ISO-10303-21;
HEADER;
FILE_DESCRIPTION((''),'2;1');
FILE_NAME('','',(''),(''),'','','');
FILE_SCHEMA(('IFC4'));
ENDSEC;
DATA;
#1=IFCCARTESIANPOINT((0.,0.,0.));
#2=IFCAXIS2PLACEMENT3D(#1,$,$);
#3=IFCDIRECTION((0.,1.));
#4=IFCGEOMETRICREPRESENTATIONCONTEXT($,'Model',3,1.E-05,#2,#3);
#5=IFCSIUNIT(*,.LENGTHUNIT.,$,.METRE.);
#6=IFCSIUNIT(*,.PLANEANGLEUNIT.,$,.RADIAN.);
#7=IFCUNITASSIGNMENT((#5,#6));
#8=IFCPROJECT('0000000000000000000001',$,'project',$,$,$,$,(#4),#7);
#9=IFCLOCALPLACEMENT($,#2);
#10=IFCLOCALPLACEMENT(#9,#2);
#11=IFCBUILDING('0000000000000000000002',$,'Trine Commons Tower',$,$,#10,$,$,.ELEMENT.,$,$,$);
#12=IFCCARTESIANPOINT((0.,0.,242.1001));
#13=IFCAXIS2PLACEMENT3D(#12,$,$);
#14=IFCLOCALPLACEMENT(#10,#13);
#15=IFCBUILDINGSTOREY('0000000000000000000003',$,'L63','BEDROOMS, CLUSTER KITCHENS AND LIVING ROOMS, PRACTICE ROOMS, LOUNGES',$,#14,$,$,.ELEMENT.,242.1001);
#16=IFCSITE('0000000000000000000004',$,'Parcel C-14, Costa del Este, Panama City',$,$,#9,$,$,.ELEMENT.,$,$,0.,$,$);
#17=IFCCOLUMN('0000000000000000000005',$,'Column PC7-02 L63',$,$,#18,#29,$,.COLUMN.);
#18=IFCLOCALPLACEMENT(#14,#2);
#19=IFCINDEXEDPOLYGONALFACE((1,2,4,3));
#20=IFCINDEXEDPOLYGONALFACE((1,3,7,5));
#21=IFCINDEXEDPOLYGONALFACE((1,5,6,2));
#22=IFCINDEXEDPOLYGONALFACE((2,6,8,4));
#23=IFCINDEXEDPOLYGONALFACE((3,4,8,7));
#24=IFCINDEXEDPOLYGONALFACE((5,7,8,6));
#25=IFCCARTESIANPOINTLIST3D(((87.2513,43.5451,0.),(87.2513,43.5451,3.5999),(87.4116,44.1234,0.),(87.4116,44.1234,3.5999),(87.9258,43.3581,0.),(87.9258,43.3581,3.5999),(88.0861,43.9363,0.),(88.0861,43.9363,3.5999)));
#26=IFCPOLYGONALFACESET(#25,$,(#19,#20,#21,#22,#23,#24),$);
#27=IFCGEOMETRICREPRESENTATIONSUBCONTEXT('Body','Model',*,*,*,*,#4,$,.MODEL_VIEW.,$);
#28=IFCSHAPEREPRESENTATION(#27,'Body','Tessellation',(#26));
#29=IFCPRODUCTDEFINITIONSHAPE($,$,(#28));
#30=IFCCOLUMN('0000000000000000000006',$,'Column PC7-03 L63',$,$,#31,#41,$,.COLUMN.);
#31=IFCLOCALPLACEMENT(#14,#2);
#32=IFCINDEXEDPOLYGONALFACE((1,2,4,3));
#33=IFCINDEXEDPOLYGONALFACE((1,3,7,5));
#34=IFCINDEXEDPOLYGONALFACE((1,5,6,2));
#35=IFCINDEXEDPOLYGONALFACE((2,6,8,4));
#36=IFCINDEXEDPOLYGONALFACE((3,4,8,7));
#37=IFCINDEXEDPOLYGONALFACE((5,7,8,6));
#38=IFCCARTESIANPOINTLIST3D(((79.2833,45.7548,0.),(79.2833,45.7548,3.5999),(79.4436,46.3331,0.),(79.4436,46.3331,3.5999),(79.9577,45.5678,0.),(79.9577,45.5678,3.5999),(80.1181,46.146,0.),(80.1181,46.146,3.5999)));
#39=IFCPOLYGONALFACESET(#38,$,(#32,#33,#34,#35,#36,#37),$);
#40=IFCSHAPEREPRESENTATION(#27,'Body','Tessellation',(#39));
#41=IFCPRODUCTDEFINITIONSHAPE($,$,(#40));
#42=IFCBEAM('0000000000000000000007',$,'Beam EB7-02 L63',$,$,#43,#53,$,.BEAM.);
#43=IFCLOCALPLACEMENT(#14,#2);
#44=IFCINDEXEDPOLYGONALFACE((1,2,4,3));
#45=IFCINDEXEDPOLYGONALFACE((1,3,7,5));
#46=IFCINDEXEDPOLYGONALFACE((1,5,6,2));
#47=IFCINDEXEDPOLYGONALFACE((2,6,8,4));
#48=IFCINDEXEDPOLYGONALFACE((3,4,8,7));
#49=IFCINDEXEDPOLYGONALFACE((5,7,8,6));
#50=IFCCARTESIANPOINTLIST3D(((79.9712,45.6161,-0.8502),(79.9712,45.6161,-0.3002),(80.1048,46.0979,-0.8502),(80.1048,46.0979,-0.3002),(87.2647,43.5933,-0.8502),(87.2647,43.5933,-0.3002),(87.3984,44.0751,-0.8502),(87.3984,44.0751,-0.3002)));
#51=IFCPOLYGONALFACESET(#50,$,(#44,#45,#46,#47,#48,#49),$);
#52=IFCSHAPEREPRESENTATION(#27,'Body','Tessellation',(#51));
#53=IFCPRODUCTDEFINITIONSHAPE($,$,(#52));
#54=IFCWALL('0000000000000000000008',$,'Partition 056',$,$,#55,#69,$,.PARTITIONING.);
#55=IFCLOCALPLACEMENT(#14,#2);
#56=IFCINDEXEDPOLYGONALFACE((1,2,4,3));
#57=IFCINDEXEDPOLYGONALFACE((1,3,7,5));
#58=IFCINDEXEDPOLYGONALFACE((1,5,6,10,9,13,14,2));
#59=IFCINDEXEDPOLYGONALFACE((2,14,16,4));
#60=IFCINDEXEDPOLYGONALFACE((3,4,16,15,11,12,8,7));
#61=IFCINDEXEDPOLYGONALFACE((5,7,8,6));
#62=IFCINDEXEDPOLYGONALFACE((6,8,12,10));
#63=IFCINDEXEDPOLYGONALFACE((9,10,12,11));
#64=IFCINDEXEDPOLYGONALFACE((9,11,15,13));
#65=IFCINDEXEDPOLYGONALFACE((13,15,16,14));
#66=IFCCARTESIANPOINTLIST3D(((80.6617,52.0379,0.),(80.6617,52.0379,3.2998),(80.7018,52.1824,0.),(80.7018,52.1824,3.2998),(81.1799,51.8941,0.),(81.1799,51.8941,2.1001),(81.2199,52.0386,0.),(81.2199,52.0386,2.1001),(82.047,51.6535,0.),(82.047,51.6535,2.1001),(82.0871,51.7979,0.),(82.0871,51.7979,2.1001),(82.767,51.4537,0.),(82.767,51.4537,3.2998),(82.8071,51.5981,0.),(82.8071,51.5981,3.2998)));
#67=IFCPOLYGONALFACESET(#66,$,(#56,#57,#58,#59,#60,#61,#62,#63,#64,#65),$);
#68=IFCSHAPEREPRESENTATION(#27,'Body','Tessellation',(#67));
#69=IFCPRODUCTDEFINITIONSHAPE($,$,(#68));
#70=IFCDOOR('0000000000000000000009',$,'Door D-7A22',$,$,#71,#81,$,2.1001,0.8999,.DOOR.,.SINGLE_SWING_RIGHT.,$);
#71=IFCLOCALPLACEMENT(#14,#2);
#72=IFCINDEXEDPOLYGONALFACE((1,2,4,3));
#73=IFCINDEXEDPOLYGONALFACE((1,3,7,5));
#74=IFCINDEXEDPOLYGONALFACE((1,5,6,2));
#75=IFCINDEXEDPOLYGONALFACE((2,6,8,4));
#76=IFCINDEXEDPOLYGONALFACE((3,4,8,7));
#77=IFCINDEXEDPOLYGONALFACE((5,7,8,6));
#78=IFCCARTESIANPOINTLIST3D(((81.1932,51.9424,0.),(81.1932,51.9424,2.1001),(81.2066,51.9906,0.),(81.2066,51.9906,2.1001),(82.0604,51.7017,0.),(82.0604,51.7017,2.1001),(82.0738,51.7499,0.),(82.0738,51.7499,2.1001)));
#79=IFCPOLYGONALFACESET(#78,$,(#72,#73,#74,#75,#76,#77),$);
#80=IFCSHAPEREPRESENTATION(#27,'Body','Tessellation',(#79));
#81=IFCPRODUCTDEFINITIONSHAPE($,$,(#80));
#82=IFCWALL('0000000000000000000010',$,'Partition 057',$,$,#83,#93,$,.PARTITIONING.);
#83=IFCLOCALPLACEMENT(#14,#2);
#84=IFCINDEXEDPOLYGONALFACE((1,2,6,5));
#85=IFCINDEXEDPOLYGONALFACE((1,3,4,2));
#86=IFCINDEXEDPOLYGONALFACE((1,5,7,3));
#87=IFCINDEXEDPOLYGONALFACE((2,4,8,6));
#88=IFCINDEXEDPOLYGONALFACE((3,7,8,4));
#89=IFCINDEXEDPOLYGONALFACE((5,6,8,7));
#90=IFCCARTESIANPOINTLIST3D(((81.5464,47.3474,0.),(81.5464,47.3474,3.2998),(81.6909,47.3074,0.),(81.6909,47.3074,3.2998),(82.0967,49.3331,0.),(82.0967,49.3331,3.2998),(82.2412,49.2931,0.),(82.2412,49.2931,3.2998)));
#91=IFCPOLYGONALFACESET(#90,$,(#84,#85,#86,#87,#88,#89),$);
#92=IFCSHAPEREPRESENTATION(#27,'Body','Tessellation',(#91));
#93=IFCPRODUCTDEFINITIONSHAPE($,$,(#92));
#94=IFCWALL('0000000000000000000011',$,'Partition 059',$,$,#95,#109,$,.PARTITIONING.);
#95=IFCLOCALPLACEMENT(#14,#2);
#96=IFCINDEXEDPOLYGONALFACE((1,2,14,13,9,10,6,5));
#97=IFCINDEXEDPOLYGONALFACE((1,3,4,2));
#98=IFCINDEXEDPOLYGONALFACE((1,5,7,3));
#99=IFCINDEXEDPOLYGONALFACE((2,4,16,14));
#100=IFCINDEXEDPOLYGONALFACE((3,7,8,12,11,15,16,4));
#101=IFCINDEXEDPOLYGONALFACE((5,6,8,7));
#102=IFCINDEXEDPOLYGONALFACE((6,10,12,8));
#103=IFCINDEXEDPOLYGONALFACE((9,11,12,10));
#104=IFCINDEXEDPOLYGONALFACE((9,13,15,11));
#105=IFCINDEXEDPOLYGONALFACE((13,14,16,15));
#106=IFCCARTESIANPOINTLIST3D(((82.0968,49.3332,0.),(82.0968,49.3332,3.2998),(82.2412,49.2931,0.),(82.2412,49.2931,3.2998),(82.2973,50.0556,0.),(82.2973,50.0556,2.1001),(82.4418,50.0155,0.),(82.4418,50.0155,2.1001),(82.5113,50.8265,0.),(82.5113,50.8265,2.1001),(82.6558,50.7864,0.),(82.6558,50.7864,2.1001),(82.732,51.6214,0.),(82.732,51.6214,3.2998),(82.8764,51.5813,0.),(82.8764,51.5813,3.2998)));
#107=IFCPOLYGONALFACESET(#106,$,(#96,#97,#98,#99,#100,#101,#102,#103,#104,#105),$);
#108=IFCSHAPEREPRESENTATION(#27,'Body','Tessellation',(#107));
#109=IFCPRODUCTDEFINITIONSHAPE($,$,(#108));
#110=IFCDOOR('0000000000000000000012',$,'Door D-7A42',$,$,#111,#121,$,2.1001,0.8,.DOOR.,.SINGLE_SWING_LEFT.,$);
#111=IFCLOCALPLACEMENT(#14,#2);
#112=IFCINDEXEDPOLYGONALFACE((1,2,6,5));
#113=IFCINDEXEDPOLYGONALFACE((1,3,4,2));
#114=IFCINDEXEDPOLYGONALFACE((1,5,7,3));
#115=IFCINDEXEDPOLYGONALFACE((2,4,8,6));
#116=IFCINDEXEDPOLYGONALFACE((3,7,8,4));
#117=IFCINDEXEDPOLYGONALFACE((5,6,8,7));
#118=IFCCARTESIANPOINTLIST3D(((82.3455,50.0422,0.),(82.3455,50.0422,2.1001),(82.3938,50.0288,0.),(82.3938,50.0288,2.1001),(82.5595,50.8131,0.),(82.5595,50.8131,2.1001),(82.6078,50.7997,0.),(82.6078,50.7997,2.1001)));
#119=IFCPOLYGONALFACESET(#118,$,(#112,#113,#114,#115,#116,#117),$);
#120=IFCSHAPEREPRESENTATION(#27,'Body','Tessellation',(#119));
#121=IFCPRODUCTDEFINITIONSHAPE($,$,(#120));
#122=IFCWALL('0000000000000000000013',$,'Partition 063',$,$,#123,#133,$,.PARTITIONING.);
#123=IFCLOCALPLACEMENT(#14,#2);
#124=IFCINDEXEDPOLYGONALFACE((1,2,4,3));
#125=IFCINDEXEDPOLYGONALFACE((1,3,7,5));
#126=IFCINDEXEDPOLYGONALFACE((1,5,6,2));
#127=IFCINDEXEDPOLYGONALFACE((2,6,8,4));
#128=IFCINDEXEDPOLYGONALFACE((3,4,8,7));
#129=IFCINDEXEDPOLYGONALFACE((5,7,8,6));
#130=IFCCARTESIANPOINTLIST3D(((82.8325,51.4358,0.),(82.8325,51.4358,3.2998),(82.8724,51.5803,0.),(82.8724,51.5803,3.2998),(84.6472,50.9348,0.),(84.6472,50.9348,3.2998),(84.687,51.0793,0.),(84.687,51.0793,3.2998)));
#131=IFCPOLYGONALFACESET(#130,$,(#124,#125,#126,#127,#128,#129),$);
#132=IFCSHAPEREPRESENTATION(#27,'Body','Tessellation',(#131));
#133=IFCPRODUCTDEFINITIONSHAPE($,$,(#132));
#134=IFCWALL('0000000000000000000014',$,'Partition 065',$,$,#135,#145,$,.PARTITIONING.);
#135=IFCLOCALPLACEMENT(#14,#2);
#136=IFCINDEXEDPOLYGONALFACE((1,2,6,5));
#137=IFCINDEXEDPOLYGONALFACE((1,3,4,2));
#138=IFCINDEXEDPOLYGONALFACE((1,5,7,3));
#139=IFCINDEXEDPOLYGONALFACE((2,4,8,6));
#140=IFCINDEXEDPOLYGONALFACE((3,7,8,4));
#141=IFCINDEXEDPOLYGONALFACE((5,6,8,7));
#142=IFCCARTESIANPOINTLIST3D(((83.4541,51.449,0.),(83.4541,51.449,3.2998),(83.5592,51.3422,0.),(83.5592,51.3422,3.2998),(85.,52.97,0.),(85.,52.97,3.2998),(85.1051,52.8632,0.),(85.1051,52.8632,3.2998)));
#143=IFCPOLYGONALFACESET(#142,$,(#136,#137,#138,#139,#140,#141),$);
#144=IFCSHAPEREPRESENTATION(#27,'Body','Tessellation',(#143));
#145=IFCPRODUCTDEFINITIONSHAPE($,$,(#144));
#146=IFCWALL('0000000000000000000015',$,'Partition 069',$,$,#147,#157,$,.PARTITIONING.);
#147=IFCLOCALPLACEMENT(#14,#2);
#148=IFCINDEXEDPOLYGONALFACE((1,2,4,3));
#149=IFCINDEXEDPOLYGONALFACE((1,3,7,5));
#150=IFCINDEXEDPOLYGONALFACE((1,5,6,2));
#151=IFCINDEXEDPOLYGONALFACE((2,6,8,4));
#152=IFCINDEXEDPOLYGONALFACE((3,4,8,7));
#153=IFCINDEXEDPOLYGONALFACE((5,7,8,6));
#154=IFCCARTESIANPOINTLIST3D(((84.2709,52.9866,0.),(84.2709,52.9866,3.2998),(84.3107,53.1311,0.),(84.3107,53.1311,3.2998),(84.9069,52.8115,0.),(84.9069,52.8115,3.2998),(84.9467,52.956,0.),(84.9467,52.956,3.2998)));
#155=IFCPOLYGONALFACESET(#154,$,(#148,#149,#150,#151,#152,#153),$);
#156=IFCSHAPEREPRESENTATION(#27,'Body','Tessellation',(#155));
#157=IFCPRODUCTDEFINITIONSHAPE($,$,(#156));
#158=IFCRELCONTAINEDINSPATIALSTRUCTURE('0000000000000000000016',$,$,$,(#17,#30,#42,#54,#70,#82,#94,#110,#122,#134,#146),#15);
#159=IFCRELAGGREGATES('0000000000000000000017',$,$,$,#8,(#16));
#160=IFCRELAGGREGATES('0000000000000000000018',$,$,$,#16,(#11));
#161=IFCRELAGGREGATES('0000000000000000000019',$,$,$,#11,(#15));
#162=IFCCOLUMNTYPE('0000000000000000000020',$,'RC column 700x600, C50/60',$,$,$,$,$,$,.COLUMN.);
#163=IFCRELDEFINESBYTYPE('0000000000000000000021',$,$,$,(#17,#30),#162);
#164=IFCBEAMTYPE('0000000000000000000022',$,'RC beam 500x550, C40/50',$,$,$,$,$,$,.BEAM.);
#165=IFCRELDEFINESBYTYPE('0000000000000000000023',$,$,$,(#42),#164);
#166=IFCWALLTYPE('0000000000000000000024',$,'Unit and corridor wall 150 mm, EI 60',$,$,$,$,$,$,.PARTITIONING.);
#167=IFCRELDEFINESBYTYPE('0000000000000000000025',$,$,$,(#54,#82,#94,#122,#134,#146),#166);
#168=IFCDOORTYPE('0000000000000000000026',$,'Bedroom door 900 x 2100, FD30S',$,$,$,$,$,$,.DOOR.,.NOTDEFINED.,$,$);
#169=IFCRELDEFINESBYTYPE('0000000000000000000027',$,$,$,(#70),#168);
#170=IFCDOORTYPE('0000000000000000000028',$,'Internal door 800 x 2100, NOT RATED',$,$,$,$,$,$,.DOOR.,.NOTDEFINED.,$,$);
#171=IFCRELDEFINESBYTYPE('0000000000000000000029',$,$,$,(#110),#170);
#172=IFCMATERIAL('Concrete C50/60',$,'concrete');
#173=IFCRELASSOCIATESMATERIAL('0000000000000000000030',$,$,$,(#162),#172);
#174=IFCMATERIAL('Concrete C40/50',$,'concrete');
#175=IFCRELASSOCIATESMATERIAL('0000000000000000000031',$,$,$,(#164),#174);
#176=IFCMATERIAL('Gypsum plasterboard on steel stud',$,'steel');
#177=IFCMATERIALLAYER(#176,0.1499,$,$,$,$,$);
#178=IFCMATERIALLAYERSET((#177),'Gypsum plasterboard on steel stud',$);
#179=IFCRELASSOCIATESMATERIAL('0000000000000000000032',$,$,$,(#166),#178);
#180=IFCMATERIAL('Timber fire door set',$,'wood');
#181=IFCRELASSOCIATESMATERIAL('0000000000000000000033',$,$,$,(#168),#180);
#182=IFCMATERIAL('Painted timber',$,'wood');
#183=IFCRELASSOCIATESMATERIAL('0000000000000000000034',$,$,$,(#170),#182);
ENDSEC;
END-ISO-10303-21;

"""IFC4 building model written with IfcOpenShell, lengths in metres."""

from ifc_helpers import new_model, si_unit, direction, frame, frame_2d, origin, origin_2d, place, context, subcontext, project, spatial, rectangle, extrude, material, layer, layer_set, material_profile, profile_set, type_object, element, fill, save


model = new_model("IFC4")

# Units and contexts
model_context = context("Model", 3, precision=1e-05, world=origin(), true_north=direction((0.0, 1.0)))
body_context = subcontext(model_context, "Body", "Model", "MODEL_VIEW")
ifc_project = project(units=[si_unit("LENGTHUNIT", "METRE"), si_unit("PLANEANGLEUNIT", "RADIAN")], contexts=[model_context])

# Site, building, storey
site_placement = place(None, origin())
site = spatial("IfcSite", under=ifc_project, at=site_placement, Name="Parcel C-14, Costa del Este, Panama City", CompositionType="ELEMENT", RefElevation=0.0)
building_placement = place(site_placement, origin())
building = spatial("IfcBuilding", under=site, at=building_placement, Name="Trine Commons Tower", CompositionType="ELEMENT")
storey_placement = place(building_placement, frame((0.0, 0.0, 242.1001)))
storey = spatial("IfcBuildingStorey", under=building, at=storey_placement, Name="L63", Description="BEDROOMS, CLUSTER KITCHENS AND LIVING ROOMS, PRACTICE ROOMS, LOUNGES", CompositionType="ELEMENT", Elevation=242.1001)

# Columns
ifc_material_1 = material(Name="Concrete C50/60", Category="concrete")
ifc_material_profile_1 = material_profile(ifc_material_1, rectangle(XDim=0.7, YDim=0.6001, at=origin_2d()), Name="RC 700x600")
ifc_profile_set_1 = profile_set([ifc_material_profile_1], Name="Concrete C50/60")
column_type = type_object("IfcColumnType", Name="RC column 700x600, C50/60", PredefinedType="COLUMN", material=ifc_profile_set_1)
for number, where, z_axis, x_axis, name in (
    (1, (87.6687, 43.7407, 0.0), (0.0, 0.0, 1.0), (-0.96363, 0.267238, 0.0), "Column PC7-02 L63"),
    (2, (79.7007, 45.9504, 0.0), (0.0, 0.0, 1.0), (-0.96363, 0.267238, 0.0), "Column PC7-03 L63"),
):
    element("IfcColumn", number, at=place(storey_placement, frame(where, z_axis=z_axis, x_axis=x_axis)), inside=storey, type_object=column_type, Name=name, PredefinedType="COLUMN", context=body_context, shape_type="SweptSolid", body=[
        extrude(rectangle(XDim=0.7, YDim=0.6001, at=origin_2d()), origin(), (0.0, 0.0, 1.0), 3.5999),
    ])

# Beam
ifc_material_2 = material(Name="Concrete C40/50", Category="concrete")
ifc_material_profile_2 = material_profile(ifc_material_2, rectangle(XDim=0.5, YDim=0.55, at=origin_2d()), Name="RC 500x550")
ifc_profile_set_2 = profile_set([ifc_material_profile_2], Name="Concrete C40/50")
beam_type = type_object("IfcBeamType", Name="RC beam 500x550, C40/50", PredefinedType="BEAM", material=ifc_profile_set_2)
beam_placement = place(storey_placement, frame((87.3315, 43.8342, -0.5752), z_axis=(-0.963629, 0.267245, 0.0), x_axis=(-0.267245, -0.963629, 0.0)))
element("IfcBeam", 3, at=beam_placement, inside=storey, type_object=beam_type, Name="Beam EB7-02 L63", PredefinedType="BEAM", context=body_context, shape_type="SweptSolid", body=[
    extrude(rectangle(XDim=0.5, YDim=0.55, at=origin_2d()), origin(), (0.0, 0.0, 1.0), 7.5688),
])

# Wall, opening, door
ifc_material_3 = material(Name="Gypsum plasterboard on steel stud", Category="steel")
ifc_layer_1 = layer(ifc_material_3, 0.1499)
ifc_layer_set_1 = layer_set([ifc_layer_1], Name="Gypsum plasterboard on steel stud")
wall_type_1 = type_object("IfcWallType", Name="Unit and corridor wall 150 mm, EI 60", PredefinedType="PARTITIONING", material=ifc_layer_set_1)
wall_1_placement = place(storey_placement, frame((80.6819, 52.1101, 0.0), z_axis=(0.0, 0.0, 1.0), x_axis=(0.963584, -0.267408, 0.0)))
wall_1 = element("IfcWall", 4, at=wall_1_placement, inside=storey, type_object=wall_type_1, Name="Partition 056", PredefinedType="PARTITIONING", context=body_context, shape_type="SweptSolid", body=[
    extrude(rectangle(XDim=2.1848, YDim=0.1499, at=frame_2d((1.0923, 0.0))), origin(), (0.0, 0.0, 1.0), 3.2998),
])
opening_1_placement = place(wall_1_placement, frame((0.5376, 0.0, 0.0)))
opening_1 = element("IfcOpeningElement", 5, at=opening_1_placement, cuts=wall_1, PredefinedType="OPENING", context=body_context, shape_type="SweptSolid", body=[
    extrude(rectangle(XDim=0.8999, YDim=2.1001, at=frame_2d((0.45, 1.05))), frame((0.0, 0.085, 0.0), z_axis=(0.0, -1.0, 0.0), x_axis=(1.0, 0.0, 0.0)), (0.0, 0.0, 1.0), 0.1699),
])
ifc_material_4 = material(Name="Timber fire door set", Category="wood")
door_type_1 = type_object("IfcDoorType", Name="Bedroom door 900 x 2100, FD30S", OperationType="NOTDEFINED", PredefinedType="DOOR", material=ifc_material_4)
door_1_placement = place(opening_1_placement, frame((0.8999, 0.0, 0.0), z_axis=(0.0, 0.0, 1.0), x_axis=(-1.0, 0.0, 0.0)))
door_1 = element("IfcDoor", 6, at=door_1_placement, inside=storey, type_object=door_type_1, Name="Door D-7A22", OperationType="SINGLE_SWING_RIGHT", OverallHeight=2.1001, OverallWidth=0.8999, PredefinedType="DOOR", context=body_context, shape_type="SweptSolid", body=[
    extrude(rectangle(XDim=0.8999, YDim=2.1001, at=frame_2d((0.45, 1.05))), frame((0.0, 0.0249, 0.0), z_axis=(0.0, -1.0, 0.0), x_axis=(1.0, 0.0, 0.0)), (0.0, 0.0, 1.0), 0.05),
])
fill(opening_1, door_1)

# Wall
wall_2_placement = place(storey_placement, frame((81.6187, 47.3274, 0.0), z_axis=(0.0, 0.0, 1.0), x_axis=(0.267075, 0.963676, 0.0)))
element("IfcWall", 7, at=wall_2_placement, inside=storey, type_object=wall_type_1, Name="Partition 057", PredefinedType="PARTITIONING", context=body_context, shape_type="SweptSolid", body=[
    extrude(rectangle(XDim=2.0605, YDim=0.1499, at=frame_2d((1.0303, 0.0))), origin(), (0.0, 0.0, 1.0), 3.2998),
])

# Wall, opening, door
wall_3_placement = place(storey_placement, frame((82.1689, 49.313, 0.0), z_axis=(0.0, 0.0, 1.0), x_axis=(0.26749, 0.963561, 0.0)))
wall_3 = element("IfcWall", 8, at=wall_3_placement, inside=storey, type_object=wall_type_1, Name="Partition 059", PredefinedType="PARTITIONING", context=body_context, shape_type="SweptSolid", body=[
    extrude(rectangle(XDim=2.3748, YDim=0.1499, at=frame_2d((1.1875, 0.0))), origin(), (0.0, 0.0, 1.0), 3.2998),
])
opening_2_placement = place(wall_3_placement, frame((0.75, 0.0, 0.0)))
opening_2 = element("IfcOpeningElement", 9, at=opening_2_placement, cuts=wall_3, PredefinedType="OPENING", context=body_context, shape_type="SweptSolid", body=[
    extrude(rectangle(XDim=0.8, YDim=2.1001, at=frame_2d((0.3999, 1.05))), frame((0.0, 0.085, 0.0), z_axis=(0.0, -1.0, 0.0), x_axis=(1.0, 0.0, 0.0)), (0.0, 0.0, 1.0), 0.1699),
])
ifc_material_5 = material(Name="Painted timber", Category="wood")
door_type_2 = type_object("IfcDoorType", Name="Internal door 800 x 2100, NOT RATED", OperationType="NOTDEFINED", PredefinedType="DOOR", material=ifc_material_5)
door_2_placement = place(opening_2_placement, origin())
door_2 = element("IfcDoor", 10, at=door_2_placement, inside=storey, type_object=door_type_2, Name="Door D-7A42", OperationType="SINGLE_SWING_LEFT", OverallHeight=2.1001, OverallWidth=0.8, PredefinedType="DOOR", context=body_context, shape_type="SweptSolid", body=[
    extrude(rectangle(XDim=0.8, YDim=2.1001, at=frame_2d((0.3999, 1.05))), frame((0.0, 0.0249, 0.0), z_axis=(0.0, -1.0, 0.0), x_axis=(1.0, 0.0, 0.0)), (0.0, 0.0, 1.0), 0.05),
])
fill(opening_2, door_2)

# Walls
wall_4_placement = place(storey_placement, frame((82.8523, 51.5081, 0.0), z_axis=(0.0, 0.0, 1.0), x_axis=(0.963942, -0.266112, 0.0)))
element("IfcWall", 11, at=wall_4_placement, inside=storey, type_object=wall_type_1, Name="Partition 063", PredefinedType="PARTITIONING", context=body_context, shape_type="SweptSolid", body=[
    extrude(rectangle(XDim=1.8826, YDim=0.1499, at=frame_2d((0.9414, 0.0))), origin(), (0.0, 0.0, 1.0), 3.2998),
])
wall_5_placement = place(storey_placement, frame((83.5066, 51.3955, 0.0), z_axis=(0.0, 0.0, 1.0), x_axis=(0.712825, 0.701342, 0.0)))
element("IfcWall", 12, at=wall_5_placement, inside=storey, type_object=wall_type_1, Name="Partition 065", PredefinedType="PARTITIONING", context=body_context, shape_type="SweptSolid", body=[
    extrude(rectangle(XDim=2.1687, YDim=0.1499, at=frame_2d((1.0845, 0.0))), origin(), (0.0, 0.0, 1.0), 3.2998),
])
wall_6_placement = place(storey_placement, frame((84.2908, 53.0588, 0.0), z_axis=(0.0, 0.0, 1.0), x_axis=(0.964146, -0.265372, 0.0)))
element("IfcWall", 13, at=wall_6_placement, inside=storey, type_object=wall_type_1, Name="Partition 069", PredefinedType="PARTITIONING", context=body_context, shape_type="SweptSolid", body=[
    extrude(rectangle(XDim=0.6597, YDim=0.1499, at=frame_2d((0.3298, 0.0))), origin(), (0.0, 0.0, 1.0), 3.2998),
])

save(model, "model.ifc")
